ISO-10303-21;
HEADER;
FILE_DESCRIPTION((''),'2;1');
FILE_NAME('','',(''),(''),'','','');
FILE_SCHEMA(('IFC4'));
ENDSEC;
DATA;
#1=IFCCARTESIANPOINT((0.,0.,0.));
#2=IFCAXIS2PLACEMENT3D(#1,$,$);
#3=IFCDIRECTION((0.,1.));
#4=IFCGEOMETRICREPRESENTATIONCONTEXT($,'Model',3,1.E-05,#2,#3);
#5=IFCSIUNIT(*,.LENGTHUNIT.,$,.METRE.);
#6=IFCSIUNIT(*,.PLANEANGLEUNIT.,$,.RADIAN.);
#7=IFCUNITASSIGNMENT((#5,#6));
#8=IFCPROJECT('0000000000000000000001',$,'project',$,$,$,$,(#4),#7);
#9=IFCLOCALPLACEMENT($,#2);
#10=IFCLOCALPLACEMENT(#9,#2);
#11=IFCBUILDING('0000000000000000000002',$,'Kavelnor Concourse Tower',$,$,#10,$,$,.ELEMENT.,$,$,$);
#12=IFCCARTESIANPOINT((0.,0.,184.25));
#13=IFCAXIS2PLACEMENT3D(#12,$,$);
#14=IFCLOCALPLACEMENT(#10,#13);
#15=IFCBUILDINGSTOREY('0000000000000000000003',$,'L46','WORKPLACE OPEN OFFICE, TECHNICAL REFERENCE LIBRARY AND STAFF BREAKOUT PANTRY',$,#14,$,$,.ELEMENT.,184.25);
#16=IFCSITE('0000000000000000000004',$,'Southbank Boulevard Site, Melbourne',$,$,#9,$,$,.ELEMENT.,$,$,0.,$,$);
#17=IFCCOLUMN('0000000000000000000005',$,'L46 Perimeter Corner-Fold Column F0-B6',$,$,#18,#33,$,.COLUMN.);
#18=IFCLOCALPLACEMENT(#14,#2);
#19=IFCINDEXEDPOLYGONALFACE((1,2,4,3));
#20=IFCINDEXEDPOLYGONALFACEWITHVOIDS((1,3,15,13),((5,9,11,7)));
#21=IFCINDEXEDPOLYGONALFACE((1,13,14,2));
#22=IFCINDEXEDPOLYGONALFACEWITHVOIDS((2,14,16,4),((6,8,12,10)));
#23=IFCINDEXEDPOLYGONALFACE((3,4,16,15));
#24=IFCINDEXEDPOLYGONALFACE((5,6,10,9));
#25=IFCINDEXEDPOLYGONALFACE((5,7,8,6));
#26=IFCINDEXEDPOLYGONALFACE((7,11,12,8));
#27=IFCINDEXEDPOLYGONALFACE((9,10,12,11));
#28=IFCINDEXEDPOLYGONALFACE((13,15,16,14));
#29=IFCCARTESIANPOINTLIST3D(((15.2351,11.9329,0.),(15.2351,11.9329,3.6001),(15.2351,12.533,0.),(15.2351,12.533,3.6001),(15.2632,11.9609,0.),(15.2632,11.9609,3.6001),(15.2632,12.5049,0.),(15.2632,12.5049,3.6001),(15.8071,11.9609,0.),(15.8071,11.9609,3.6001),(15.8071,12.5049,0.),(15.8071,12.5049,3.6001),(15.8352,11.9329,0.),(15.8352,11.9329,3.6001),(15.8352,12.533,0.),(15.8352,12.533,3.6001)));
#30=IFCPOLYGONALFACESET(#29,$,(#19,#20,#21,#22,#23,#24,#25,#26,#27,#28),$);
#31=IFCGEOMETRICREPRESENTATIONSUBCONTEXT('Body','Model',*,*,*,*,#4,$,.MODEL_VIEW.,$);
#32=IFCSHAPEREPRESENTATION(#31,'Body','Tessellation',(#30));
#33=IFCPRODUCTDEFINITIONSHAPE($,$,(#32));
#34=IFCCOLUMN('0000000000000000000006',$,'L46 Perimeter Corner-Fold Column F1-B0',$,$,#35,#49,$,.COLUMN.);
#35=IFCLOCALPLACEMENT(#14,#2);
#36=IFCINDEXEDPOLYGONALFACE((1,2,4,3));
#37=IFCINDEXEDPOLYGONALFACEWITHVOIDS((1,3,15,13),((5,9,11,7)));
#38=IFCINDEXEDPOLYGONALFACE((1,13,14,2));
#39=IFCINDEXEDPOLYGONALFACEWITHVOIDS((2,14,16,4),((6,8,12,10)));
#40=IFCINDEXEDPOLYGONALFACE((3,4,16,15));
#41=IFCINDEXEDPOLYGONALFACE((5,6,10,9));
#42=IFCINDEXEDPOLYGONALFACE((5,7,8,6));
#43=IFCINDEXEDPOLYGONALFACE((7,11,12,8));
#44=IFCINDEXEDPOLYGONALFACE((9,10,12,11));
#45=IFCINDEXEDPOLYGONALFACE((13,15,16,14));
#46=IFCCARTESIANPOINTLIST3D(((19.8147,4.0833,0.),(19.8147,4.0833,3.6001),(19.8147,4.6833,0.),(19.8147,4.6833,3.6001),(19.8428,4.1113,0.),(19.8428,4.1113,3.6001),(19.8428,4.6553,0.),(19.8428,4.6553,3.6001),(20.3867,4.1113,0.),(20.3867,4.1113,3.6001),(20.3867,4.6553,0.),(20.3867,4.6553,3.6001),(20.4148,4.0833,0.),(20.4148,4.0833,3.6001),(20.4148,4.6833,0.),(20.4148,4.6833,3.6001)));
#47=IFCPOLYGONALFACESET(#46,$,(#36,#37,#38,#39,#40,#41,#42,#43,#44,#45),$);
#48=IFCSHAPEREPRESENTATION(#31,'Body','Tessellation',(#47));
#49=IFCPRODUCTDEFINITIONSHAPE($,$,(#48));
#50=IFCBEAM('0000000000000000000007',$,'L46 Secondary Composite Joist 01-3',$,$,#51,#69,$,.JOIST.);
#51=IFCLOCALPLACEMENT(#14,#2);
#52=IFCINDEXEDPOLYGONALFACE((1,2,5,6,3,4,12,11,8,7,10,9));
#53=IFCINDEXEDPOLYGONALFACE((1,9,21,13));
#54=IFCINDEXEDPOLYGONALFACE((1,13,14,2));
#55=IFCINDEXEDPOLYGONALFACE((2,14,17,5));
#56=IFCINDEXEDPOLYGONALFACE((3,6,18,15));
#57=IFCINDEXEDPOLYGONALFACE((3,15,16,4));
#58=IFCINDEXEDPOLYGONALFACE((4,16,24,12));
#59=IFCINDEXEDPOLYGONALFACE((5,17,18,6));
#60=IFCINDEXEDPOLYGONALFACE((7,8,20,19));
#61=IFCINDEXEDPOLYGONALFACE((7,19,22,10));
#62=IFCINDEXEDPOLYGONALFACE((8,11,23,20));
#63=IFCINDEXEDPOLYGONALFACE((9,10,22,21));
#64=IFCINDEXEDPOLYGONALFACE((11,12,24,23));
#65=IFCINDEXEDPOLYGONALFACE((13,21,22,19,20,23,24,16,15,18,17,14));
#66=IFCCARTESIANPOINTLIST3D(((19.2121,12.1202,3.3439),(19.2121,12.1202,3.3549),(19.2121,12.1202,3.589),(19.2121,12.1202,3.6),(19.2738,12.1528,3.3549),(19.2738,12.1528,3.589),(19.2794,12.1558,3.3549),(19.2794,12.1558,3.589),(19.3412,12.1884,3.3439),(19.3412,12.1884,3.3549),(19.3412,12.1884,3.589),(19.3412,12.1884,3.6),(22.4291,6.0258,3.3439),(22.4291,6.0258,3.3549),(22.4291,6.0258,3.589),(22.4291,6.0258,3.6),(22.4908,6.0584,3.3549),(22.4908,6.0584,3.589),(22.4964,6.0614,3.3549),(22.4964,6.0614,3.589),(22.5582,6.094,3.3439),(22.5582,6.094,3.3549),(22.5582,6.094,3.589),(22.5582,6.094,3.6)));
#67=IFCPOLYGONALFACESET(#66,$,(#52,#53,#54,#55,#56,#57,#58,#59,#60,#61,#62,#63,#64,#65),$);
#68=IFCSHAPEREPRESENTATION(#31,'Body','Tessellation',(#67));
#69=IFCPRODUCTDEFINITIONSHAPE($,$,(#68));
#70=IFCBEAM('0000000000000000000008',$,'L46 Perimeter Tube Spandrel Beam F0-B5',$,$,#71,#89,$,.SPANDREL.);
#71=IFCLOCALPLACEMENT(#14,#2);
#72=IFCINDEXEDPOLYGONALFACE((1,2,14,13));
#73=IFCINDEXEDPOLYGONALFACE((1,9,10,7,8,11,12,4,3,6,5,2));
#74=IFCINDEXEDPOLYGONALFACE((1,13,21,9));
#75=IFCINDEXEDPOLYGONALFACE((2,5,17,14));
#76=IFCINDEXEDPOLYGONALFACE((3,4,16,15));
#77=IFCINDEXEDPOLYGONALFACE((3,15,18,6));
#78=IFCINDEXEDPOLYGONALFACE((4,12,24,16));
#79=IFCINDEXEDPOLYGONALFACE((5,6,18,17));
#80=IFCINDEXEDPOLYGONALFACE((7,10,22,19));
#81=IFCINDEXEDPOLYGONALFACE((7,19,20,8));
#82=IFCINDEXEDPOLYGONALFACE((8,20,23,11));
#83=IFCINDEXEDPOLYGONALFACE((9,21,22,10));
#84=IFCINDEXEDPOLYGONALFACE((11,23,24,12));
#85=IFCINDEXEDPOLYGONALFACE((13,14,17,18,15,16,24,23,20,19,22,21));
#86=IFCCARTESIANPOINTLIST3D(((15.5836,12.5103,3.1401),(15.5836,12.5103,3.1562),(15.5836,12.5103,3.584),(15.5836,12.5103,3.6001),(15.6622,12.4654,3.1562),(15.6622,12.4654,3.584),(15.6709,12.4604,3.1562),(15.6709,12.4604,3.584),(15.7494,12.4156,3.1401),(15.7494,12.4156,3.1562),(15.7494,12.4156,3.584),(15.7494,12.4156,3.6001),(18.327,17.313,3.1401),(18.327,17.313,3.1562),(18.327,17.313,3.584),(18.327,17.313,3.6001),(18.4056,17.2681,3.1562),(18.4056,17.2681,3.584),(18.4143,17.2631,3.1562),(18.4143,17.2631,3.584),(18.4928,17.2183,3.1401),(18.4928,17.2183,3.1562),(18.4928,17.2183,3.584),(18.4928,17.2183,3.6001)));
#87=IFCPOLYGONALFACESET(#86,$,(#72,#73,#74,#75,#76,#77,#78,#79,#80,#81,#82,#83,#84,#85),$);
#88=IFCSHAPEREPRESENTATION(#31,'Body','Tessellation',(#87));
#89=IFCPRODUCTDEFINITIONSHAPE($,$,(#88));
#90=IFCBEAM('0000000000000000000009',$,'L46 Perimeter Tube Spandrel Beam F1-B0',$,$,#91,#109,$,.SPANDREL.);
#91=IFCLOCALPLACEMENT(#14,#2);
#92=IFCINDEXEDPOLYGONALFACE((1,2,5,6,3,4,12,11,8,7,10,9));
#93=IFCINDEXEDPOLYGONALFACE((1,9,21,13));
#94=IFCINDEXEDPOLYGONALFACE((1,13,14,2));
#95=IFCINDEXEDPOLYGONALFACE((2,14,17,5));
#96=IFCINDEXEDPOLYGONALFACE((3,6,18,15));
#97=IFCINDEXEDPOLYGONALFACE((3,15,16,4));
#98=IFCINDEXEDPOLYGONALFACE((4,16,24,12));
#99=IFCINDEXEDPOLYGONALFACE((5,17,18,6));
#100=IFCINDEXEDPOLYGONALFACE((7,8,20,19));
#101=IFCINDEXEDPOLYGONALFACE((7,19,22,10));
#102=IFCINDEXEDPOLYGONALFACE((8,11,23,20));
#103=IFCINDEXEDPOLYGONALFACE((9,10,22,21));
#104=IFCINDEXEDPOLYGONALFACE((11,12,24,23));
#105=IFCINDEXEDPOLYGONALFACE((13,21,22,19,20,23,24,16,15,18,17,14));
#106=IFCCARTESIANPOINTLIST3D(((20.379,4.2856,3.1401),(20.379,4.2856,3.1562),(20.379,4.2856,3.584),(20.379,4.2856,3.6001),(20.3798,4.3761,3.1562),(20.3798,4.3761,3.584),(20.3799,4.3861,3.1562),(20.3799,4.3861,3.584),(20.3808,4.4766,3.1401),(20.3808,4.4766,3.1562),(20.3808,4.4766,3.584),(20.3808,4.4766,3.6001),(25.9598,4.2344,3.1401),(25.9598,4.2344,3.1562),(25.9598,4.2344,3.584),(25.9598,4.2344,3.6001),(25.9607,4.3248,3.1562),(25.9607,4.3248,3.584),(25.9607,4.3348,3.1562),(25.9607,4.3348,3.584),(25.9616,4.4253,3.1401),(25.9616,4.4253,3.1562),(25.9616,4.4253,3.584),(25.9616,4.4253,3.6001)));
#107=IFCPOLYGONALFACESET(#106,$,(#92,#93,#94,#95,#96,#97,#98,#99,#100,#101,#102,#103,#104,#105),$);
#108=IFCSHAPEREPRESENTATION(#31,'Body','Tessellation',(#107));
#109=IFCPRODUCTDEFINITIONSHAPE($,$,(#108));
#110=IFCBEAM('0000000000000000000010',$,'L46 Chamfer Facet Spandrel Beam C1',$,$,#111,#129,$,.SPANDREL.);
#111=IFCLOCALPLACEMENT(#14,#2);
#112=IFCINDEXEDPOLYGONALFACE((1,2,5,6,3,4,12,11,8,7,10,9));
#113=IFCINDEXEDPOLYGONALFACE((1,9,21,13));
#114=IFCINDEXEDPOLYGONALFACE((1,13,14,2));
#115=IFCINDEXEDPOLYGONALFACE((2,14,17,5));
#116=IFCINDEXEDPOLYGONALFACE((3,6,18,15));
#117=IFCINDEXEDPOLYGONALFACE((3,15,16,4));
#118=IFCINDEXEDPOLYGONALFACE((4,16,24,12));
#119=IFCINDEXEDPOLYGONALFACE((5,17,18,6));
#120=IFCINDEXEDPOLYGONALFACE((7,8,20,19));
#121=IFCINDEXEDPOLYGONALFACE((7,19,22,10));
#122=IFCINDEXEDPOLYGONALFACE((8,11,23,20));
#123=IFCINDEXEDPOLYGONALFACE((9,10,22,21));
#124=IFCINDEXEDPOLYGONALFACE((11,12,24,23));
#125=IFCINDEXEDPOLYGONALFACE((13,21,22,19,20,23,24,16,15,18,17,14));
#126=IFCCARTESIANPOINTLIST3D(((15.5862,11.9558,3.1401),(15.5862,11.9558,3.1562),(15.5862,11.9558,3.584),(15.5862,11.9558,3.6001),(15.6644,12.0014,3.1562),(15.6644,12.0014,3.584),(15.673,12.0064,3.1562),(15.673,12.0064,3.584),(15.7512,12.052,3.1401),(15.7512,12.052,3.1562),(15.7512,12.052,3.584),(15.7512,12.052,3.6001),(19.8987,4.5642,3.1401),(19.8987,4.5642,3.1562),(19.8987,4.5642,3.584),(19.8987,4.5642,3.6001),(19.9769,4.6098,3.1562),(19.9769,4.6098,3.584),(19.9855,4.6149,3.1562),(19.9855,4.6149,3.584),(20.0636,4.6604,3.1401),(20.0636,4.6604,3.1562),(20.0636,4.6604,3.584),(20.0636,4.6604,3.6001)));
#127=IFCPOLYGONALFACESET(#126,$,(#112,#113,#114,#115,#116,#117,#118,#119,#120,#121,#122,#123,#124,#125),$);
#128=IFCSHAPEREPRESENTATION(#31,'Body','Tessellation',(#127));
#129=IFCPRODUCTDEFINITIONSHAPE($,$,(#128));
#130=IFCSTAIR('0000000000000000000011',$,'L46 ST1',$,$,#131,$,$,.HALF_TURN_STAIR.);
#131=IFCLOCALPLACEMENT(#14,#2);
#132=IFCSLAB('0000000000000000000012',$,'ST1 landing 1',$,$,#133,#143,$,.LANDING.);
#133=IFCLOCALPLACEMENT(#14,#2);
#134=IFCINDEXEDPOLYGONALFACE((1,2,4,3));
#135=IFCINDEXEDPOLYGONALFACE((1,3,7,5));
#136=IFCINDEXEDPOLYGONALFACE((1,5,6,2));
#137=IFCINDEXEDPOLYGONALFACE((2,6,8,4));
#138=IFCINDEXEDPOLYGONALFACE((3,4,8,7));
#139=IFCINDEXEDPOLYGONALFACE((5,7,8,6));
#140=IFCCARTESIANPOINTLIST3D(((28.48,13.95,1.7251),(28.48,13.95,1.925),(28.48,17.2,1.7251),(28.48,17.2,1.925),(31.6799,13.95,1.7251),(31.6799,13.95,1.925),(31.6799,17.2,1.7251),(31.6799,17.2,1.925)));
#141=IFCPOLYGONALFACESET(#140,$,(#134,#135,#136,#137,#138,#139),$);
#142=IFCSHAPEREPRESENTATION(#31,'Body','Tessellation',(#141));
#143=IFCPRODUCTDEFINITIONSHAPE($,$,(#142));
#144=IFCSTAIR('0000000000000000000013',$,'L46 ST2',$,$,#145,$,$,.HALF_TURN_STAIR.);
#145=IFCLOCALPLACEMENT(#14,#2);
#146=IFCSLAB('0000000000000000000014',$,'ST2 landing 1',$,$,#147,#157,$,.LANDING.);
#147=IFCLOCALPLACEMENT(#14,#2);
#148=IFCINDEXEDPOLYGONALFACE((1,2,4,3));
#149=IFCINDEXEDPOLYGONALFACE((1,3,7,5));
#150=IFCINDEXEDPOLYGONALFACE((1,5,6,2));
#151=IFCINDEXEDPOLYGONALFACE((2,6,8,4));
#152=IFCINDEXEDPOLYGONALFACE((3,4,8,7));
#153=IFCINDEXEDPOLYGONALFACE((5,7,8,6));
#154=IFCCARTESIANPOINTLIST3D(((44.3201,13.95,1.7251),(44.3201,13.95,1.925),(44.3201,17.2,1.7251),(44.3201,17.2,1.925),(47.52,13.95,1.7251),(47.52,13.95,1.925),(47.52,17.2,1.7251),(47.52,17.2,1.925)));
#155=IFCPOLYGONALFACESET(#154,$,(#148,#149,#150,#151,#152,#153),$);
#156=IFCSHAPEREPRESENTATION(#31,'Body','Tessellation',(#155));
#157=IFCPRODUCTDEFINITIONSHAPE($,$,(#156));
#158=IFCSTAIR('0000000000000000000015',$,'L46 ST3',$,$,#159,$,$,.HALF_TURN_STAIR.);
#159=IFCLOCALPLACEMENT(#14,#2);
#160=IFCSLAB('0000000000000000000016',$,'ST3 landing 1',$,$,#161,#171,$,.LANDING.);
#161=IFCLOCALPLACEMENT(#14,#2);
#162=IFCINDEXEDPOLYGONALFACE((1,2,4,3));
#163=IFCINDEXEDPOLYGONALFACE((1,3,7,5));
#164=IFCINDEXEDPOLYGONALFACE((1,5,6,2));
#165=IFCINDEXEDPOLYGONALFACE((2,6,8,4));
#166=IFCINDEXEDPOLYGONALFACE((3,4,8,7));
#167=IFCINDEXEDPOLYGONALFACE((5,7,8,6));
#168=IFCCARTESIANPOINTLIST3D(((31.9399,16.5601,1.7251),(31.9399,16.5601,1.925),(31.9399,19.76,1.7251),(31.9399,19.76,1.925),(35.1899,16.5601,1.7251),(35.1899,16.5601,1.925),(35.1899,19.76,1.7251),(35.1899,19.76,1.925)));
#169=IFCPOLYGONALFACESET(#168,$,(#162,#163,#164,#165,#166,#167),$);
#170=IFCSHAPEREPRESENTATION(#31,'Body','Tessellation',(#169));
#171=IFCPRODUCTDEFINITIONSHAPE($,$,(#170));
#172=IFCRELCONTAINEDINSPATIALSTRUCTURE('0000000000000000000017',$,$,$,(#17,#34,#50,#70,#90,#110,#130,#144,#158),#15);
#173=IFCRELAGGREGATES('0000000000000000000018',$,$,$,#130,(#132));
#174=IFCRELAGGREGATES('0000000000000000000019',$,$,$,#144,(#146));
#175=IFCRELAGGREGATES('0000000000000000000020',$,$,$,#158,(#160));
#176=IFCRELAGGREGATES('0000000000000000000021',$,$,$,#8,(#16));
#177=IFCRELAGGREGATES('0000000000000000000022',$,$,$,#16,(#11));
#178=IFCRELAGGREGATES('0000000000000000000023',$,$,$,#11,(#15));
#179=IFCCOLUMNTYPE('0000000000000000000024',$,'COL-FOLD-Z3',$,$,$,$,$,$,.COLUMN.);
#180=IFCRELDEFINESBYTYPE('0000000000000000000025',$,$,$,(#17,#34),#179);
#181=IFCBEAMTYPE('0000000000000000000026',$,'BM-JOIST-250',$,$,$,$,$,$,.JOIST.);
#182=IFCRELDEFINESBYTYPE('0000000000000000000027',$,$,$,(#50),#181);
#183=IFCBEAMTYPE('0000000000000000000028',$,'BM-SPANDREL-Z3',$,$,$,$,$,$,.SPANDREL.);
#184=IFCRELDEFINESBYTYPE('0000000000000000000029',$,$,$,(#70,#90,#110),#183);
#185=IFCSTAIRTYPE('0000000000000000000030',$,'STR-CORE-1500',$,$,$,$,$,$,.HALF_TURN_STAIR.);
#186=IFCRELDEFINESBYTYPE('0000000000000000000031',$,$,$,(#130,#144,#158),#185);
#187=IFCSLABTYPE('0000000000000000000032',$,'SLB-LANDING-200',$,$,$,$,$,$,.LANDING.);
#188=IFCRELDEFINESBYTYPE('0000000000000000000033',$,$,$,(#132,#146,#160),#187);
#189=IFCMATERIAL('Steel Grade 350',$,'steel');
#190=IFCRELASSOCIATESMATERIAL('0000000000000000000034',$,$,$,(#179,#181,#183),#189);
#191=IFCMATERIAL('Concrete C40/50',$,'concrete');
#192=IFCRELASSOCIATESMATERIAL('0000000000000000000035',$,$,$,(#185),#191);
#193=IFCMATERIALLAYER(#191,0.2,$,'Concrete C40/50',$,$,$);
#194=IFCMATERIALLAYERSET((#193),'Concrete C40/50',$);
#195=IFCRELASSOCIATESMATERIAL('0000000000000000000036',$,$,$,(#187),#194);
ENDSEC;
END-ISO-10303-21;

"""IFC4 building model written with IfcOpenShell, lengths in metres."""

from ifc_helpers import new_model, si_unit, direction, frame, origin, origin_2d, place, context, subcontext, project, spatial, polyline, hollow_rectangle, i_section, outline, extrude, material, layer, layer_set, material_profile, profile_set, type_object, element, aggregate, save


model = new_model("IFC4")

# Units and contexts
model_context = context("Model", 3, precision=1e-05, world=origin(), true_north=direction((0.0, 1.0)))
body_context = subcontext(model_context, "Body", "Model", "MODEL_VIEW")
ifc_project = project(units=[si_unit("LENGTHUNIT", "METRE"), si_unit("PLANEANGLEUNIT", "RADIAN")], contexts=[model_context])

# Site, building, storey
site_placement = place(None, origin())
site = spatial("IfcSite", under=ifc_project, at=site_placement, Name="Southbank Boulevard Site, Melbourne", CompositionType="ELEMENT", RefElevation=0.0)
building_placement = place(site_placement, origin())
building = spatial("IfcBuilding", under=site, at=building_placement, Name="Kavelnor Concourse Tower", CompositionType="ELEMENT")
storey_placement = place(building_placement, frame((0.0, 0.0, 184.25)))
storey = spatial("IfcBuildingStorey", under=building, at=storey_placement, Name="L46", Description="WORKPLACE OPEN OFFICE, TECHNICAL REFERENCE LIBRARY AND STAFF BREAKOUT PANTRY", CompositionType="ELEMENT", Elevation=184.25)

# Columns
ifc_material_1 = material(Name="Steel Grade 350", Category="steel")
ifc_material_profile_1 = material_profile(ifc_material_1, hollow_rectangle(XDim=0.6001, YDim=0.6001, WallThickness=0.0281, at=origin_2d()), Name="SHS 600x600x28")
ifc_profile_set_1 = profile_set([ifc_material_profile_1], Name="Steel Grade 350")
column_type = type_object("IfcColumnType", Name="COL-FOLD-Z3", PredefinedType="COLUMN", material=ifc_profile_set_1)
for number, where, z_axis, x_axis, name in (
    (1, (15.5352, 12.2329, 0.0), (0.0, 0.0, 1.0), (1.0, 0.0, 0.0), "L46 Perimeter Corner-Fold Column F0-B6"),
    (2, (20.1147, 4.3833, 0.0), (0.0, 0.0, 1.0), (1.0, 0.0, 0.0), "L46 Perimeter Corner-Fold Column F1-B0"),
):
    element("IfcColumn", number, at=place(storey_placement, frame(where, z_axis=z_axis, x_axis=x_axis)), inside=storey, type_object=column_type, Name=name, PredefinedType="COLUMN", context=body_context, shape_type="SweptSolid", body=[
        extrude(hollow_rectangle(XDim=0.6001, YDim=0.6001, WallThickness=0.0281, at=origin_2d()), origin(), (0.0, 0.0, 1.0), 3.6001),
    ])

# Beams
ifc_material_profile_2 = material_profile(ifc_material_1, i_section(OverallWidth=0.146, OverallDepth=0.2561, WebThickness=0.0063, FlangeThickness=0.011, at=origin_2d()), Name="250UB37")
ifc_profile_set_2 = profile_set([ifc_material_profile_2], Name="Steel Grade 350")
beam_type_1 = type_object("IfcBeamType", Name="BM-JOIST-250", PredefinedType="JOIST", material=ifc_profile_set_2)
beam_1_placement = place(storey_placement, frame((19.2766, 12.1543, 3.4719), z_axis=(0.466816, -0.884354, 0.0), x_axis=(0.884354, 0.466816, 0.0)))
element("IfcBeam", 3, at=beam_1_placement, inside=storey, type_object=beam_type_1, Name="L46 Secondary Composite Joist 01-3", PredefinedType="JOIST", context=body_context, shape_type="SweptSolid", body=[
    extrude(i_section(OverallWidth=0.146, OverallDepth=0.2561, WebThickness=0.0063, FlangeThickness=0.011, at=origin_2d()), origin(), (0.0, 0.0, 1.0), 6.8914),
])
ifc_material_profile_3 = material_profile(ifc_material_1, i_section(OverallWidth=0.1909, OverallDepth=0.46, WebThickness=0.01, FlangeThickness=0.0161, at=origin_2d()), Name="460UB82")
ifc_profile_set_3 = profile_set([ifc_material_profile_3], Name="Steel Grade 350")
beam_type_2 = type_object("IfcBeamType", Name="BM-SPANDREL-Z3", PredefinedType="SPANDREL", material=ifc_profile_set_3)
beam_2_placement = place(storey_placement, frame((18.4099, 17.2656, 3.3701), z_axis=(-0.496001, -0.868322, 0.0), x_axis=(0.868322, -0.496001, 0.0)))
element("IfcBeam", 4, at=beam_2_placement, inside=storey, type_object=beam_type_2, Name="L46 Perimeter Tube Spandrel Beam F0-B5", PredefinedType="SPANDREL", context=body_context, shape_type="SweptSolid", body=[
    extrude(i_section(OverallWidth=0.1909, OverallDepth=0.46, WebThickness=0.01, FlangeThickness=0.0161, at=origin_2d()), origin(), (0.0, 0.0, 1.0), 5.531),
])
beam_3_placement = place(storey_placement, frame((20.3799, 4.3811, 3.3701), z_axis=(0.999958, -0.009186, 0.0), x_axis=(0.009186, 0.999958, 0.0)))
element("IfcBeam", 5, at=beam_3_placement, inside=storey, type_object=beam_type_2, Name="L46 Perimeter Tube Spandrel Beam F1-B0", PredefinedType="SPANDREL", context=body_context, shape_type="SweptSolid", body=[
    extrude(i_section(OverallWidth=0.1909, OverallDepth=0.46, WebThickness=0.01, FlangeThickness=0.0161, at=origin_2d()), origin(), (0.0, 0.0, 1.0), 5.5811),
])
beam_4_placement = place(storey_placement, frame((15.6687, 12.0039, 3.3701), z_axis=(0.503935, -0.863742, 0.0), x_axis=(0.863742, 0.503935, 0.0)))
element("IfcBeam", 6, at=beam_4_placement, inside=storey, type_object=beam_type_2, Name="L46 Chamfer Facet Spandrel Beam C1", PredefinedType="SPANDREL", context=body_context, shape_type="SweptSolid", body=[
    extrude(i_section(OverallWidth=0.1909, OverallDepth=0.46, WebThickness=0.01, FlangeThickness=0.0161, at=origin_2d()), origin(), (0.0, 0.0, 1.0), 8.5576),
])

# Stairs, slabs
ifc_material_2 = material(Name="Concrete C40/50", Category="concrete")
stair_type = type_object("IfcStairType", Name="STR-CORE-1500", PredefinedType="HALF_TURN_STAIR", material=ifc_material_2)
stair_1_placement = place(storey_placement, origin())
stair_1 = element("IfcStair", 7, at=stair_1_placement, inside=storey, type_object=stair_type, Name="L46 ST1", PredefinedType="HALF_TURN_STAIR")
ifc_layer_1 = layer(ifc_material_2, 0.2, Name="Concrete C40/50")
ifc_layer_set_1 = layer_set([ifc_layer_1], Name="Concrete C40/50")
slab_type_1 = type_object("IfcSlabType", Name="SLB-LANDING-200", PredefinedType="LANDING", material=ifc_layer_set_1)
slab_1_placement = place(storey_placement, frame((0.0, 0.0, 1.7251)))
slab_1 = element("IfcSlab", 8, at=slab_1_placement, type_object=slab_type_1, Name="ST1 landing 1", PredefinedType="LANDING", context=body_context, shape_type="SweptSolid", body=[
    extrude(outline(polyline([(31.6799, 13.95), (31.6799, 17.2), (28.48, 17.2), (28.48, 13.95), (31.6799, 13.95)])), origin(), (0.0, 0.0, 1.0), 0.2),
])
aggregate(stair_1, [slab_1])
stair_2_placement = place(storey_placement, origin())
stair_2 = element("IfcStair", 9, at=stair_2_placement, inside=storey, type_object=stair_type, Name="L46 ST2", PredefinedType="HALF_TURN_STAIR")
slab_2_placement = place(storey_placement, frame((0.0, 0.0, 1.7251)))
slab_2 = element("IfcSlab", 10, at=slab_2_placement, type_object=slab_type_1, Name="ST2 landing 1", PredefinedType="LANDING", context=body_context, shape_type="SweptSolid", body=[
    extrude(outline(polyline([(47.52, 13.95), (47.52, 17.2), (44.3201, 17.2), (44.3201, 13.95), (47.52, 13.95)])), origin(), (0.0, 0.0, 1.0), 0.2),
])
aggregate(stair_2, [slab_2])
stair_3_placement = place(storey_placement, origin())
stair_3 = element("IfcStair", 11, at=stair_3_placement, inside=storey, type_object=stair_type, Name="L46 ST3", PredefinedType="HALF_TURN_STAIR")
slab_3_placement = place(storey_placement, frame((0.0, 0.0, 1.7251)))
slab_3 = element("IfcSlab", 12, at=slab_3_placement, type_object=slab_type_1, Name="ST3 landing 1", PredefinedType="LANDING", context=body_context, shape_type="SweptSolid", body=[
    extrude(outline(polyline([(35.1899, 19.76), (31.9399, 19.76), (31.9399, 16.5601), (35.1899, 16.5601), (35.1899, 19.76)])), origin(), (0.0, 0.0, 1.0), 0.2),
])
aggregate(stair_3, [slab_3])

save(model, "model.ifc")
